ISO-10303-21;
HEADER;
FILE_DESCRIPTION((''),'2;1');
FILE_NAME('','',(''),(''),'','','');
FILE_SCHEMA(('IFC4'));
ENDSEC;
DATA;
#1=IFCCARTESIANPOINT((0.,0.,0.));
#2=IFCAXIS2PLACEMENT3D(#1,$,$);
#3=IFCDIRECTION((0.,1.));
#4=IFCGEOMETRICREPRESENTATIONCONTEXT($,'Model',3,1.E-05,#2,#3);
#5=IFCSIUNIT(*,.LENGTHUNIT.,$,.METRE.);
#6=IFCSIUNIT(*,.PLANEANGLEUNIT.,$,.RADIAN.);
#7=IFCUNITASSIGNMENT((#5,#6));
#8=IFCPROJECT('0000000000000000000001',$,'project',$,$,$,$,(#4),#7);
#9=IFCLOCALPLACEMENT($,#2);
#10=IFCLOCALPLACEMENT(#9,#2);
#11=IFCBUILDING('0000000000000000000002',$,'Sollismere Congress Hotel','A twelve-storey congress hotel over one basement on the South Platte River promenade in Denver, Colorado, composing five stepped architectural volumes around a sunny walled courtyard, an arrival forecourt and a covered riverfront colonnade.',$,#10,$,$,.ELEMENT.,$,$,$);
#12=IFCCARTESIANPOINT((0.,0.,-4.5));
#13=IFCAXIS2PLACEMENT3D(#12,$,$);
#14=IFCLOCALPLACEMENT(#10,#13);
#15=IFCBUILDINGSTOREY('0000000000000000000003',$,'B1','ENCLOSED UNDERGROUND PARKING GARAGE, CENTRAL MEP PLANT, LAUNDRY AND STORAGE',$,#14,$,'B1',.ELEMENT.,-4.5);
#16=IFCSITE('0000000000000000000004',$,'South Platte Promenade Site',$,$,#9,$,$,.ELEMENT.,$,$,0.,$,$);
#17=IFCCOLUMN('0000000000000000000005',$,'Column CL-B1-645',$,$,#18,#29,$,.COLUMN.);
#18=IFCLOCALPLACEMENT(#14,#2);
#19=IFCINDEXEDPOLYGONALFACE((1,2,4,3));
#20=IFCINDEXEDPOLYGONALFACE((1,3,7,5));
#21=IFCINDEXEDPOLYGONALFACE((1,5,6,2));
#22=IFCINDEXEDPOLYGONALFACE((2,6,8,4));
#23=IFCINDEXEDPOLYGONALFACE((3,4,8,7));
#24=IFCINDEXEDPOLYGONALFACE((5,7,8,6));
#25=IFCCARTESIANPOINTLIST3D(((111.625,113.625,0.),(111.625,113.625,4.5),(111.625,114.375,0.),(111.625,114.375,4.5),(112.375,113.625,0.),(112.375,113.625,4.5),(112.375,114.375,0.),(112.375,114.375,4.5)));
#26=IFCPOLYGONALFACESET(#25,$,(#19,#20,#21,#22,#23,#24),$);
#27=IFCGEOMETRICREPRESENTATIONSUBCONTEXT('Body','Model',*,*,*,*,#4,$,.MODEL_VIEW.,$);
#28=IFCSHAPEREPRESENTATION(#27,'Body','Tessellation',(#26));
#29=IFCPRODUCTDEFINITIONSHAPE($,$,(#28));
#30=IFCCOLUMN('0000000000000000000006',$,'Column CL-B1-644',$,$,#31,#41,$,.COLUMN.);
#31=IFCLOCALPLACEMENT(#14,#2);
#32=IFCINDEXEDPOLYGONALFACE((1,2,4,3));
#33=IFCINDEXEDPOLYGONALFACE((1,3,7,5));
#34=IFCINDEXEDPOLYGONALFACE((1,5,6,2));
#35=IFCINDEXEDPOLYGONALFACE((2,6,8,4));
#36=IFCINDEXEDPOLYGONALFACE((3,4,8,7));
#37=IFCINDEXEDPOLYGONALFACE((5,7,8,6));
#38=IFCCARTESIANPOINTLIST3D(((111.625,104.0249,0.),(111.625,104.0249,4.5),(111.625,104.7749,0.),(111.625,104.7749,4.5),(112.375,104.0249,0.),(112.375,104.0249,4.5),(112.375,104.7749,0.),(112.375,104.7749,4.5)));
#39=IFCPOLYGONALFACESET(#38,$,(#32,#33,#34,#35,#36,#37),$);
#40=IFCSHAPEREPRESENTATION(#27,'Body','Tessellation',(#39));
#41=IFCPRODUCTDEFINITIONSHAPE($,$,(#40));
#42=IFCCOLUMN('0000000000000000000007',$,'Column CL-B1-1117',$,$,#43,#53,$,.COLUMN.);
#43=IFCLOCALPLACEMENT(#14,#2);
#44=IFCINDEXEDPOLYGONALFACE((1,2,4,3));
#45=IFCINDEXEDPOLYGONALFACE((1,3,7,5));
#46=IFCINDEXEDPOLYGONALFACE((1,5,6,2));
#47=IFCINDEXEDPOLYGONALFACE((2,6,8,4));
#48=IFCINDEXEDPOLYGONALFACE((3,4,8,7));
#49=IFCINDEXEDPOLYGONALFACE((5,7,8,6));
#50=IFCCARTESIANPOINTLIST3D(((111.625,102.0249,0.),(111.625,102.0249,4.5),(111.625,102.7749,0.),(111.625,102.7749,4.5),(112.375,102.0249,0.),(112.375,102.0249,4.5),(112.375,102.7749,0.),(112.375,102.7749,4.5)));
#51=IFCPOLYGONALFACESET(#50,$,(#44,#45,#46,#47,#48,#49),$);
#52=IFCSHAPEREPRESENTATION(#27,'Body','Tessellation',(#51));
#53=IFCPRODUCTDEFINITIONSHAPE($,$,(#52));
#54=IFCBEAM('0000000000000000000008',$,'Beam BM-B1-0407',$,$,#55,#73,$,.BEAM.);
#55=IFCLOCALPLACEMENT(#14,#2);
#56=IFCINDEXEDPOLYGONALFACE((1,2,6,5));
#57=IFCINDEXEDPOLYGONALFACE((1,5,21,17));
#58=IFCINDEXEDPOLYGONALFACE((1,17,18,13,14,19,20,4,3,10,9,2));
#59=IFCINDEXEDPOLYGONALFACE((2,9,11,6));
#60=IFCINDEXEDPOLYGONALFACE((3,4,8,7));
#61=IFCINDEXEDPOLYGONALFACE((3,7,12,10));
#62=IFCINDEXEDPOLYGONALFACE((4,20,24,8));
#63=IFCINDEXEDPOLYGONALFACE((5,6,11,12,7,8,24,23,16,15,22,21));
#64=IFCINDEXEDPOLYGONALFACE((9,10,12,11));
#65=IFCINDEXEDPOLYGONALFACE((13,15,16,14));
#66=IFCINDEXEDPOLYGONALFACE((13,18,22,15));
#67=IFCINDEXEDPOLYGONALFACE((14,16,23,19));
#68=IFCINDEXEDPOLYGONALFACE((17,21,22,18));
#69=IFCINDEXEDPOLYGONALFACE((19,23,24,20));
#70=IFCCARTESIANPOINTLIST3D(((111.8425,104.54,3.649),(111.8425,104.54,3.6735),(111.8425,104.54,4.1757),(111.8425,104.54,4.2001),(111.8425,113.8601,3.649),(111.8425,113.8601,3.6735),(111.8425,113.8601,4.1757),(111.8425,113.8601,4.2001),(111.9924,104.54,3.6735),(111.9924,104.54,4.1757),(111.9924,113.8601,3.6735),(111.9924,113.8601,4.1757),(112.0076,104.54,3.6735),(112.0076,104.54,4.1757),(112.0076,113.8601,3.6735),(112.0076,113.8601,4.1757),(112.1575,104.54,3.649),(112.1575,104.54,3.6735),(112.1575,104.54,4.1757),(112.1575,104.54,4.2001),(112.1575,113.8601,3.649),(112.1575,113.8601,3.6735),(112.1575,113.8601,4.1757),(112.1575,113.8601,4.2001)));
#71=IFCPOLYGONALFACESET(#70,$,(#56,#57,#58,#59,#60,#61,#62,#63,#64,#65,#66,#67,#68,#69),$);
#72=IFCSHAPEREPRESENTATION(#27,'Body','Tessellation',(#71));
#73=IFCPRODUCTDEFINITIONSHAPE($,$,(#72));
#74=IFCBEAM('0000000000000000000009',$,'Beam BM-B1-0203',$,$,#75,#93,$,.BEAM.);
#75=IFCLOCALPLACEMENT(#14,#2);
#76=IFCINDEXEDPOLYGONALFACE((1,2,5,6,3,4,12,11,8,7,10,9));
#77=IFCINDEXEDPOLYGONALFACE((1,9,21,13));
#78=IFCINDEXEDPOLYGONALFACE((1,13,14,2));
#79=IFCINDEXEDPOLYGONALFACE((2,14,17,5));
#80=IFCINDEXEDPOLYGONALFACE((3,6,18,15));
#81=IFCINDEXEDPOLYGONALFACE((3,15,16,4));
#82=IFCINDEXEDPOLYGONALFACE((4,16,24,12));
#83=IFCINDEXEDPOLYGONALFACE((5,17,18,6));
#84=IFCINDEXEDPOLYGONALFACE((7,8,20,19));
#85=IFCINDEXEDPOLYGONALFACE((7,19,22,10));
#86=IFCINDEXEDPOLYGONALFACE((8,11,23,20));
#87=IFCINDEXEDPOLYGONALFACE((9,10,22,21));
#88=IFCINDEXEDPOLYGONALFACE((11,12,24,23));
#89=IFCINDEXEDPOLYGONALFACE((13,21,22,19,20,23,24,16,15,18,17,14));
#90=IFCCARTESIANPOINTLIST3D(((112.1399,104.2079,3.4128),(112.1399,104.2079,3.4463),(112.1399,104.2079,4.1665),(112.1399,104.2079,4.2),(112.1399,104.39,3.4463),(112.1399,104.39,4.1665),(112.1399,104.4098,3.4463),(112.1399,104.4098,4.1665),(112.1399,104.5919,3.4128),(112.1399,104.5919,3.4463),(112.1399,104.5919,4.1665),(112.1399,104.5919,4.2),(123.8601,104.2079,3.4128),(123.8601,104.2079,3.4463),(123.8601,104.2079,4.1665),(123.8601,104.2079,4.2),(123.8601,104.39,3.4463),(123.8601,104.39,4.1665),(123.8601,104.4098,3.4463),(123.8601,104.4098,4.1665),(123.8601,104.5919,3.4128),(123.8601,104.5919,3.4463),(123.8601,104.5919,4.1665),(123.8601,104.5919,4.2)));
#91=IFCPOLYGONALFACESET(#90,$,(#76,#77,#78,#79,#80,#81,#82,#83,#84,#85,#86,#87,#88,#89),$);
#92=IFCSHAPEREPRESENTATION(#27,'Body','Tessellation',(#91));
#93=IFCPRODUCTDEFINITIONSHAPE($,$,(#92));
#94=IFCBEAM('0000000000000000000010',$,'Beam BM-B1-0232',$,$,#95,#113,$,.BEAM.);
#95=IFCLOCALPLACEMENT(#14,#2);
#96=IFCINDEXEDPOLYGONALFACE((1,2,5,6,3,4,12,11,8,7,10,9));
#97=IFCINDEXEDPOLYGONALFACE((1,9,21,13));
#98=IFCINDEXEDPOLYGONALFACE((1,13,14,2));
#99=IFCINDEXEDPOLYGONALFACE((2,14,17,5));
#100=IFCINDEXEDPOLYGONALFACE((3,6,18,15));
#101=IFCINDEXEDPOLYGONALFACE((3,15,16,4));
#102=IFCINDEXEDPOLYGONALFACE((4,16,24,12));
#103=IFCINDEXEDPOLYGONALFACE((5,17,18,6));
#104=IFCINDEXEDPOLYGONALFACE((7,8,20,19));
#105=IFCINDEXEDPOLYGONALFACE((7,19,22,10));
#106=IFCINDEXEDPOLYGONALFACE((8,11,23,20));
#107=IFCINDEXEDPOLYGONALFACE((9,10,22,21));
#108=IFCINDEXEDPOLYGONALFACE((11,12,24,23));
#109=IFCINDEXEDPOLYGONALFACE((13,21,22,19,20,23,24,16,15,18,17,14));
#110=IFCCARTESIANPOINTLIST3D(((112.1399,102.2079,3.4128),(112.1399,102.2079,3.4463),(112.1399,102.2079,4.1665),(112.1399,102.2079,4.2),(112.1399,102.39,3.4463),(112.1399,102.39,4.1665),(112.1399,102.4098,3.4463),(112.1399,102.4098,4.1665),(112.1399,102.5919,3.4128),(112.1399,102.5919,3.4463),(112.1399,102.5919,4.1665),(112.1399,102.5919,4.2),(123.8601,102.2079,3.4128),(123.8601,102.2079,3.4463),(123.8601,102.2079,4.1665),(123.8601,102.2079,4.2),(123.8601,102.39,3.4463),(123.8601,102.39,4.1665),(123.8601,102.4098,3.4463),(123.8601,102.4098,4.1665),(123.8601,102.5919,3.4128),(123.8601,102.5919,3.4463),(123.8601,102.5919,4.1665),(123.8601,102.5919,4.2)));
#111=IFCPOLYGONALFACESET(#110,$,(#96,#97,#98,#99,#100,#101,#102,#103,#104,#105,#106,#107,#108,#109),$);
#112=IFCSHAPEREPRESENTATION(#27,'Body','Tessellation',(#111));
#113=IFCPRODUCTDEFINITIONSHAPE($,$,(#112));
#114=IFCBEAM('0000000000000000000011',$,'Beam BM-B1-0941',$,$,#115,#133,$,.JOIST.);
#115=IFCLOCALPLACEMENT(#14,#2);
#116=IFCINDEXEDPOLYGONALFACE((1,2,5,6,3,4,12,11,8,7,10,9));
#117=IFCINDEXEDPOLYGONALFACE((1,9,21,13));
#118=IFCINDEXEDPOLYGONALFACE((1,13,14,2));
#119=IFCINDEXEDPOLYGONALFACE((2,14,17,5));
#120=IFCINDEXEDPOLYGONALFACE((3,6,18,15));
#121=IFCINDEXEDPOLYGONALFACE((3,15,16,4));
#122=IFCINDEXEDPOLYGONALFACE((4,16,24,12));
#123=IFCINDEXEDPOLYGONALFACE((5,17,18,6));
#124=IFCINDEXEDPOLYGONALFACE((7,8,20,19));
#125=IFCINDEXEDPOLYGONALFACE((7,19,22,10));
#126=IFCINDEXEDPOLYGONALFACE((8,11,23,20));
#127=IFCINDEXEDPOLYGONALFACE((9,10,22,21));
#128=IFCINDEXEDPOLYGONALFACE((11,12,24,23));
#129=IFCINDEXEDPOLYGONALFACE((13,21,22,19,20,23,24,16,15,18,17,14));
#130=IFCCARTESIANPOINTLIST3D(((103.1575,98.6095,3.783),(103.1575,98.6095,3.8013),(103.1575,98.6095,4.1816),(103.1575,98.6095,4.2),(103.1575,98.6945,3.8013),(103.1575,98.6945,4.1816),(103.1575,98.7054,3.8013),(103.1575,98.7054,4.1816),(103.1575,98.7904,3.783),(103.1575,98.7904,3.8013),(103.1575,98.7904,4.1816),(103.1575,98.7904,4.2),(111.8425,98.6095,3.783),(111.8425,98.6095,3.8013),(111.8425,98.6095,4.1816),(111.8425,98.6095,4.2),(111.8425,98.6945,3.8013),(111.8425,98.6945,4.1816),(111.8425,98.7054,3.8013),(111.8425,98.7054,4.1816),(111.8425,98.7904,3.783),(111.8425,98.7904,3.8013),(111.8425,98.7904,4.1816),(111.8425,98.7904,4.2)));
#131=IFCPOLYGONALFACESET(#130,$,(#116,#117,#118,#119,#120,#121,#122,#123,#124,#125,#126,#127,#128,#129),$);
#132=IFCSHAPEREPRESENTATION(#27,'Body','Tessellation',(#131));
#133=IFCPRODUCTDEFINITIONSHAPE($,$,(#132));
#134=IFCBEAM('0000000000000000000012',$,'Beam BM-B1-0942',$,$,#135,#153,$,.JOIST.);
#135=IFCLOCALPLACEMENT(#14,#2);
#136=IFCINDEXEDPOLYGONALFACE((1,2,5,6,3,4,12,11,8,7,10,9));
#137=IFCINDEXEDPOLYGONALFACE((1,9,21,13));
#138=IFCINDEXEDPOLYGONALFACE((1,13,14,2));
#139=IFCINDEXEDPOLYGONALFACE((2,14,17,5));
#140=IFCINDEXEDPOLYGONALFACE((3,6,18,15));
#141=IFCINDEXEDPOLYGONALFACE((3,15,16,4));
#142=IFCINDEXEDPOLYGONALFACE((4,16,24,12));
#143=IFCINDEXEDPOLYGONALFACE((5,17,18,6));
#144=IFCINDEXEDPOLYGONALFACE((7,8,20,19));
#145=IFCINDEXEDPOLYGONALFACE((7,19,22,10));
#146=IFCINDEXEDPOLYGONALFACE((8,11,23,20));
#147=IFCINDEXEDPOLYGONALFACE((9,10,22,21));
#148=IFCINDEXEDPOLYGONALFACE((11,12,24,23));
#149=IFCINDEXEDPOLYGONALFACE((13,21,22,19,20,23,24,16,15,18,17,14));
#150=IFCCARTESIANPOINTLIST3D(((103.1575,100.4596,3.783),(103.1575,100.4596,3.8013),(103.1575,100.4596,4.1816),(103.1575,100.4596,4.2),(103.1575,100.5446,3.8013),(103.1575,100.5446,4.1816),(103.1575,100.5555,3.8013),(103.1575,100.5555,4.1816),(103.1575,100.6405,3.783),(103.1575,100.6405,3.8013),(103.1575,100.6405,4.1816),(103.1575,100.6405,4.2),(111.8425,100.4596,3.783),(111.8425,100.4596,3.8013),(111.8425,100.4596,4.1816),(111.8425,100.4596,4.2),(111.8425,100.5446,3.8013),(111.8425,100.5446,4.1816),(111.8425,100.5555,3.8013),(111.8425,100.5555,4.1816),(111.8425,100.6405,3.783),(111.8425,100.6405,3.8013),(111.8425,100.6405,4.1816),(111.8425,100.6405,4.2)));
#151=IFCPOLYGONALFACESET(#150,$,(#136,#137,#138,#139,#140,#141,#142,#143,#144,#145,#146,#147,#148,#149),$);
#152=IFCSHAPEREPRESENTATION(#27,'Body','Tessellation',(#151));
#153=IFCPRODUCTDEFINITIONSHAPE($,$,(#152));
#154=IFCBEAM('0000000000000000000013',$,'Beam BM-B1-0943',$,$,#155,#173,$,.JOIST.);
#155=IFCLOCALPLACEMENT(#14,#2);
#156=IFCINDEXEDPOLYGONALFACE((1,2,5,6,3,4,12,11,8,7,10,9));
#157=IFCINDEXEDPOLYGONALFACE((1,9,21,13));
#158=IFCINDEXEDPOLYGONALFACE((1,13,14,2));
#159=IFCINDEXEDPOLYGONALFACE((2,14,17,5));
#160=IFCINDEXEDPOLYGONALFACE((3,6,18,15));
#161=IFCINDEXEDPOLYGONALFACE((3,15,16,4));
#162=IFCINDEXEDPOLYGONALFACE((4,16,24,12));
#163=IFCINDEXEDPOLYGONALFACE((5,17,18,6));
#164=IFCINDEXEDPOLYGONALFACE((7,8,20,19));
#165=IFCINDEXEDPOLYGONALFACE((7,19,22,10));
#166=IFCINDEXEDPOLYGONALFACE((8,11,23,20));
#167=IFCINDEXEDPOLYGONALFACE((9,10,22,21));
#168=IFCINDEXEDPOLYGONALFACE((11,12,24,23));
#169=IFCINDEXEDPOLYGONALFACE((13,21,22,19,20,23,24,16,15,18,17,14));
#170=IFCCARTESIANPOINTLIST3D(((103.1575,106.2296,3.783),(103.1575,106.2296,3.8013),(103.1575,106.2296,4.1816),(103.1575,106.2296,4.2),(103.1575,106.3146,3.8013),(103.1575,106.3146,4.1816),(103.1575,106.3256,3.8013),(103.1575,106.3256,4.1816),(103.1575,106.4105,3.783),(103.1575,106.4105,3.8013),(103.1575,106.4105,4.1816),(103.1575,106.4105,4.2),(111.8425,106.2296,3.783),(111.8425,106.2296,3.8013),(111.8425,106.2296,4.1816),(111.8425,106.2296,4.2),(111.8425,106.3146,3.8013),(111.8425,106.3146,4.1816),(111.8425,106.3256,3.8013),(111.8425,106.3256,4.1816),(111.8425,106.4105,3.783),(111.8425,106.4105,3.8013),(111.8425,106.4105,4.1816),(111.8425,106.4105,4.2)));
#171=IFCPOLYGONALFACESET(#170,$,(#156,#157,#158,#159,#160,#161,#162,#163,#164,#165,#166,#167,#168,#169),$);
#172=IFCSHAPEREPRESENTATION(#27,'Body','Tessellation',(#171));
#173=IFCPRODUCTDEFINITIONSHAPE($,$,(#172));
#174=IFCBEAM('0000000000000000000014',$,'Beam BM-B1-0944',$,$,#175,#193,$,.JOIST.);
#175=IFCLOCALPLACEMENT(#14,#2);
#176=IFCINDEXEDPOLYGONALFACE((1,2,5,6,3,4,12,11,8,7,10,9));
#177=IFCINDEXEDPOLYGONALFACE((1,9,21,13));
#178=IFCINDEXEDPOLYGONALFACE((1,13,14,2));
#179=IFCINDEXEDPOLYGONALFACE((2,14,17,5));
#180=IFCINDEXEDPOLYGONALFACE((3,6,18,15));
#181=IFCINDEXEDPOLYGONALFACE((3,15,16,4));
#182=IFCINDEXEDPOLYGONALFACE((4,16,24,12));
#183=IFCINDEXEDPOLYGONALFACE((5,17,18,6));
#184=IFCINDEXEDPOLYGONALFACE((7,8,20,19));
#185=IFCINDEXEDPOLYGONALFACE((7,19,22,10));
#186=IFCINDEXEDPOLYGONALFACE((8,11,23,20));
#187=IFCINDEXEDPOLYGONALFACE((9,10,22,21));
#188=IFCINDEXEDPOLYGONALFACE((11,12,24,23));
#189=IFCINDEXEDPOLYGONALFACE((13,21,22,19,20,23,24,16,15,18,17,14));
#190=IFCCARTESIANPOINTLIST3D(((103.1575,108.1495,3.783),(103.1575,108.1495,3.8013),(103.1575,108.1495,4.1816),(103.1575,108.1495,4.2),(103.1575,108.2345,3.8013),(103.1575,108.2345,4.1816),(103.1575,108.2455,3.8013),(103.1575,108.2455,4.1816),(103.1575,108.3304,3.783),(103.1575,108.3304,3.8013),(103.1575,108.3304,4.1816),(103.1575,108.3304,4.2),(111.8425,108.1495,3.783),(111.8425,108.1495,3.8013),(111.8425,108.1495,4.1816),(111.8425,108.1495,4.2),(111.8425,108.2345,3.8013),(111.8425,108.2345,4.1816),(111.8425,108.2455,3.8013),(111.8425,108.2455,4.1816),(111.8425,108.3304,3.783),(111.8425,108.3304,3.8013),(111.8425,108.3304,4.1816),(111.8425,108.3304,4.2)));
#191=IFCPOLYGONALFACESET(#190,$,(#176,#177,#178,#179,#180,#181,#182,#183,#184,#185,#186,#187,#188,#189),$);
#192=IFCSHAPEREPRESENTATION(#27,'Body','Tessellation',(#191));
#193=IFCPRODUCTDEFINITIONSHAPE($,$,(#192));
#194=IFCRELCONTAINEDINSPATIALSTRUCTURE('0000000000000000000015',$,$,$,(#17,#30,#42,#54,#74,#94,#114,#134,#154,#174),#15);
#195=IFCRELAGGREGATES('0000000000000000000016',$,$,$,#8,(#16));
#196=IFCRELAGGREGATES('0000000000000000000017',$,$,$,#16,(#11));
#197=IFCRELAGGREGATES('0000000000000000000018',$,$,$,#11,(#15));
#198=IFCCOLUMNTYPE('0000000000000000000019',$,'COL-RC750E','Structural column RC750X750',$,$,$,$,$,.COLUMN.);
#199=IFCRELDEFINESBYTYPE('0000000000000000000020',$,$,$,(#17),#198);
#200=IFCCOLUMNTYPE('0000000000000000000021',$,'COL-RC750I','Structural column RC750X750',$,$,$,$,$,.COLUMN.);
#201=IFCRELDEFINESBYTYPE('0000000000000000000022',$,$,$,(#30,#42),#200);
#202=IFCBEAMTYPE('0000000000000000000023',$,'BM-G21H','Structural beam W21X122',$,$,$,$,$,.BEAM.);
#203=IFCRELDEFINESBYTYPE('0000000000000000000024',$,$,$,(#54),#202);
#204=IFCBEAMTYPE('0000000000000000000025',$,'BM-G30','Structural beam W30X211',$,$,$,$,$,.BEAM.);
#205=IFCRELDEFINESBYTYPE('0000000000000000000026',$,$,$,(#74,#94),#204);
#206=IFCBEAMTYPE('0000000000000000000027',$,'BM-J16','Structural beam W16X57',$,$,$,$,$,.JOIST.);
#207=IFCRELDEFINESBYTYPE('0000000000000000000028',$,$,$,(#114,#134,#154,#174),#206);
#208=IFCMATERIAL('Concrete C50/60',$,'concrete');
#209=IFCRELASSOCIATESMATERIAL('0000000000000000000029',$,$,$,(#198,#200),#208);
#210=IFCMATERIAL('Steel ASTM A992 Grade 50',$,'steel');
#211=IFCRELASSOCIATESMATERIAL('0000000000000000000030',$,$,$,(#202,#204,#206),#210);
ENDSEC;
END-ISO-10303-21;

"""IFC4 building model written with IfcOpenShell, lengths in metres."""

from ifc_helpers import new_model, si_unit, direction, frame, origin, origin_2d, place, context, subcontext, project, spatial, rectangle, i_section, extrude, material, material_profile, profile_set, type_object, element, save


model = new_model("IFC4")

# Units and contexts
model_context = context("Model", 3, precision=1e-05, world=origin(), true_north=direction((0.0, 1.0)))
body_context = subcontext(model_context, "Body", "Model", "MODEL_VIEW")
ifc_project = project(units=[si_unit("LENGTHUNIT", "METRE"), si_unit("PLANEANGLEUNIT", "RADIAN")], contexts=[model_context])

# Site, building, storey
site_placement = place(None, origin())
site = spatial("IfcSite", under=ifc_project, at=site_placement, Name="South Platte Promenade Site", CompositionType="ELEMENT", RefElevation=0.0)
building_placement = place(site_placement, origin())
building = spatial("IfcBuilding", under=site, at=building_placement, Name="Sollismere Congress Hotel", Description="A twelve-storey congress hotel over one basement on the South Platte River promenade in Denver, Colorado, composing five stepped architectural volumes around a sunny walled courtyard, an arrival forecourt and a covered riverfront colonnade.", CompositionType="ELEMENT")
storey_placement = place(building_placement, frame((0.0, 0.0, -4.5)))
storey = spatial("IfcBuildingStorey", under=building, at=storey_placement, Name="B1", Description="ENCLOSED UNDERGROUND PARKING GARAGE, CENTRAL MEP PLANT, LAUNDRY AND STORAGE", LongName="B1", CompositionType="ELEMENT", Elevation=-4.5)

# Columns
ifc_material_1 = material(Name="Concrete C50/60", Category="concrete")
ifc_material_profile_1 = material_profile(ifc_material_1, rectangle(XDim=0.75, YDim=0.75, at=origin_2d()), Name="RC750X750")
ifc_profile_set_1 = profile_set([ifc_material_profile_1], Name="Concrete C50/60")
column_type_1 = type_object("IfcColumnType", Name="COL-RC750E", Description="Structural column RC750X750", PredefinedType="COLUMN", material=ifc_profile_set_1)
column_placement = place(storey_placement, frame((112.0, 114.0, 0.0), z_axis=(0.0, 0.0, 1.0), x_axis=(1.0, 0.0, 0.0)))
element("IfcColumn", 1, at=column_placement, inside=storey, type_object=column_type_1, Name="Column CL-B1-645", PredefinedType="COLUMN", context=body_context, shape_type="SweptSolid", body=[
    extrude(rectangle(XDim=0.75, YDim=0.75, at=origin_2d()), origin(), (0.0, 0.0, 1.0), 4.5),
])
ifc_material_profile_2 = material_profile(ifc_material_1, rectangle(XDim=0.75, YDim=0.75, at=origin_2d()), Name="RC750X750")
ifc_profile_set_2 = profile_set([ifc_material_profile_2], Name="Concrete C50/60")
column_type_2 = type_object("IfcColumnType", Name="COL-RC750I", Description="Structural column RC750X750", PredefinedType="COLUMN", material=ifc_profile_set_2)
for number, where, z_axis, x_axis, name in (
    (2, (112.0, 104.3999, 0.0), (0.0, 0.0, 1.0), (1.0, 0.0, 0.0), "Column CL-B1-644"),
    (3, (112.0, 102.3999, 0.0), (0.0, 0.0, 1.0), (0.0, 1.0, 0.0), "Column CL-B1-1117"),
):
    element("IfcColumn", number, at=place(storey_placement, frame(where, z_axis=z_axis, x_axis=x_axis)), inside=storey, type_object=column_type_2, Name=name, PredefinedType="COLUMN", context=body_context, shape_type="SweptSolid", body=[
        extrude(rectangle(XDim=0.75, YDim=0.75, at=origin_2d()), origin(), (0.0, 0.0, 1.0), 4.5),
    ])

# Beams
ifc_material_2 = material(Name="Steel ASTM A992 Grade 50", Category="steel")
ifc_material_profile_3 = material_profile(ifc_material_2, i_section(OverallWidth=0.3149, OverallDepth=0.551, WebThickness=0.0151, FlangeThickness=0.0244, at=origin_2d()), Name="W21X122")
ifc_profile_set_3 = profile_set([ifc_material_profile_3], Name="Steel ASTM A992 Grade 50")
beam_type_1 = type_object("IfcBeamType", Name="BM-G21H", Description="Structural beam W21X122", PredefinedType="BEAM", material=ifc_profile_set_3)
beam_1_placement = place(storey_placement, frame((112.0, 104.54, 3.9246), z_axis=(0.0, 1.0, 0.0), x_axis=(-1.0, 0.0, 0.0)))
element("IfcBeam", 4, at=beam_1_placement, inside=storey, type_object=beam_type_1, Name="Beam BM-B1-0407", PredefinedType="BEAM", context=body_context, shape_type="SweptSolid", body=[
    extrude(i_section(OverallWidth=0.3149, OverallDepth=0.551, WebThickness=0.0151, FlangeThickness=0.0244, at=origin_2d()), origin(), (0.0, 0.0, 1.0), 9.3201),
])
ifc_material_profile_4 = material_profile(ifc_material_2, i_section(OverallWidth=0.384, OverallDepth=0.7871, WebThickness=0.0198, FlangeThickness=0.0334, at=origin_2d()), Name="W30X211")
ifc_profile_set_4 = profile_set([ifc_material_profile_4], Name="Steel ASTM A992 Grade 50")
beam_type_2 = type_object("IfcBeamType", Name="BM-G30", Description="Structural beam W30X211", PredefinedType="BEAM", material=ifc_profile_set_4)
for number, where, z_axis, x_axis, name in (
    (5, (112.1399, 104.3999, 3.8064), (1.0, 0.0, 0.0), (0.0, 1.0, 0.0), "Beam BM-B1-0203"),
    (6, (112.1399, 102.3999, 3.8064), (1.0, 0.0, 0.0), (0.0, 1.0, 0.0), "Beam BM-B1-0232"),
):
    element("IfcBeam", number, at=place(storey_placement, frame(where, z_axis=z_axis, x_axis=x_axis)), inside=storey, type_object=beam_type_2, Name=name, PredefinedType="BEAM", context=body_context, shape_type="SweptSolid", body=[
        extrude(i_section(OverallWidth=0.384, OverallDepth=0.7871, WebThickness=0.0198, FlangeThickness=0.0334, at=origin_2d()), origin(), (0.0, 0.0, 1.0), 11.7202),
    ])
ifc_material_profile_5 = material_profile(ifc_material_2, i_section(OverallWidth=0.1809, OverallDepth=0.417, WebThickness=0.011, FlangeThickness=0.0183, at=origin_2d()), Name="W16X57")
ifc_profile_set_5 = profile_set([ifc_material_profile_5], Name="Steel ASTM A992 Grade 50")
beam_type_3 = type_object("IfcBeamType", Name="BM-J16", Description="Structural beam W16X57", PredefinedType="JOIST", material=ifc_profile_set_5)
for number, where, z_axis, x_axis, name in (
    (7, (103.1575, 98.7, 3.9915), (1.0, 0.0, 0.0), (0.0, 1.0, 0.0), "Beam BM-B1-0941"),
    (8, (103.1575, 100.55, 3.9915), (1.0, 0.0, 0.0), (0.0, 1.0, 0.0), "Beam BM-B1-0942"),
    (9, (103.1575, 106.3201, 3.9915), (1.0, 0.0, 0.0), (0.0, 1.0, 0.0), "Beam BM-B1-0943"),
    (10, (103.1575, 108.24, 3.9915), (1.0, 0.0, 0.0), (0.0, 1.0, 0.0), "Beam BM-B1-0944"),
):
    element("IfcBeam", number, at=place(storey_placement, frame(where, z_axis=z_axis, x_axis=x_axis)), inside=storey, type_object=beam_type_3, Name=name, PredefinedType="JOIST", context=body_context, shape_type="SweptSolid", body=[
        extrude(i_section(OverallWidth=0.1809, OverallDepth=0.417, WebThickness=0.011, FlangeThickness=0.0183, at=origin_2d()), origin(), (0.0, 0.0, 1.0), 8.6851),
    ])

save(model, "model.ifc")
